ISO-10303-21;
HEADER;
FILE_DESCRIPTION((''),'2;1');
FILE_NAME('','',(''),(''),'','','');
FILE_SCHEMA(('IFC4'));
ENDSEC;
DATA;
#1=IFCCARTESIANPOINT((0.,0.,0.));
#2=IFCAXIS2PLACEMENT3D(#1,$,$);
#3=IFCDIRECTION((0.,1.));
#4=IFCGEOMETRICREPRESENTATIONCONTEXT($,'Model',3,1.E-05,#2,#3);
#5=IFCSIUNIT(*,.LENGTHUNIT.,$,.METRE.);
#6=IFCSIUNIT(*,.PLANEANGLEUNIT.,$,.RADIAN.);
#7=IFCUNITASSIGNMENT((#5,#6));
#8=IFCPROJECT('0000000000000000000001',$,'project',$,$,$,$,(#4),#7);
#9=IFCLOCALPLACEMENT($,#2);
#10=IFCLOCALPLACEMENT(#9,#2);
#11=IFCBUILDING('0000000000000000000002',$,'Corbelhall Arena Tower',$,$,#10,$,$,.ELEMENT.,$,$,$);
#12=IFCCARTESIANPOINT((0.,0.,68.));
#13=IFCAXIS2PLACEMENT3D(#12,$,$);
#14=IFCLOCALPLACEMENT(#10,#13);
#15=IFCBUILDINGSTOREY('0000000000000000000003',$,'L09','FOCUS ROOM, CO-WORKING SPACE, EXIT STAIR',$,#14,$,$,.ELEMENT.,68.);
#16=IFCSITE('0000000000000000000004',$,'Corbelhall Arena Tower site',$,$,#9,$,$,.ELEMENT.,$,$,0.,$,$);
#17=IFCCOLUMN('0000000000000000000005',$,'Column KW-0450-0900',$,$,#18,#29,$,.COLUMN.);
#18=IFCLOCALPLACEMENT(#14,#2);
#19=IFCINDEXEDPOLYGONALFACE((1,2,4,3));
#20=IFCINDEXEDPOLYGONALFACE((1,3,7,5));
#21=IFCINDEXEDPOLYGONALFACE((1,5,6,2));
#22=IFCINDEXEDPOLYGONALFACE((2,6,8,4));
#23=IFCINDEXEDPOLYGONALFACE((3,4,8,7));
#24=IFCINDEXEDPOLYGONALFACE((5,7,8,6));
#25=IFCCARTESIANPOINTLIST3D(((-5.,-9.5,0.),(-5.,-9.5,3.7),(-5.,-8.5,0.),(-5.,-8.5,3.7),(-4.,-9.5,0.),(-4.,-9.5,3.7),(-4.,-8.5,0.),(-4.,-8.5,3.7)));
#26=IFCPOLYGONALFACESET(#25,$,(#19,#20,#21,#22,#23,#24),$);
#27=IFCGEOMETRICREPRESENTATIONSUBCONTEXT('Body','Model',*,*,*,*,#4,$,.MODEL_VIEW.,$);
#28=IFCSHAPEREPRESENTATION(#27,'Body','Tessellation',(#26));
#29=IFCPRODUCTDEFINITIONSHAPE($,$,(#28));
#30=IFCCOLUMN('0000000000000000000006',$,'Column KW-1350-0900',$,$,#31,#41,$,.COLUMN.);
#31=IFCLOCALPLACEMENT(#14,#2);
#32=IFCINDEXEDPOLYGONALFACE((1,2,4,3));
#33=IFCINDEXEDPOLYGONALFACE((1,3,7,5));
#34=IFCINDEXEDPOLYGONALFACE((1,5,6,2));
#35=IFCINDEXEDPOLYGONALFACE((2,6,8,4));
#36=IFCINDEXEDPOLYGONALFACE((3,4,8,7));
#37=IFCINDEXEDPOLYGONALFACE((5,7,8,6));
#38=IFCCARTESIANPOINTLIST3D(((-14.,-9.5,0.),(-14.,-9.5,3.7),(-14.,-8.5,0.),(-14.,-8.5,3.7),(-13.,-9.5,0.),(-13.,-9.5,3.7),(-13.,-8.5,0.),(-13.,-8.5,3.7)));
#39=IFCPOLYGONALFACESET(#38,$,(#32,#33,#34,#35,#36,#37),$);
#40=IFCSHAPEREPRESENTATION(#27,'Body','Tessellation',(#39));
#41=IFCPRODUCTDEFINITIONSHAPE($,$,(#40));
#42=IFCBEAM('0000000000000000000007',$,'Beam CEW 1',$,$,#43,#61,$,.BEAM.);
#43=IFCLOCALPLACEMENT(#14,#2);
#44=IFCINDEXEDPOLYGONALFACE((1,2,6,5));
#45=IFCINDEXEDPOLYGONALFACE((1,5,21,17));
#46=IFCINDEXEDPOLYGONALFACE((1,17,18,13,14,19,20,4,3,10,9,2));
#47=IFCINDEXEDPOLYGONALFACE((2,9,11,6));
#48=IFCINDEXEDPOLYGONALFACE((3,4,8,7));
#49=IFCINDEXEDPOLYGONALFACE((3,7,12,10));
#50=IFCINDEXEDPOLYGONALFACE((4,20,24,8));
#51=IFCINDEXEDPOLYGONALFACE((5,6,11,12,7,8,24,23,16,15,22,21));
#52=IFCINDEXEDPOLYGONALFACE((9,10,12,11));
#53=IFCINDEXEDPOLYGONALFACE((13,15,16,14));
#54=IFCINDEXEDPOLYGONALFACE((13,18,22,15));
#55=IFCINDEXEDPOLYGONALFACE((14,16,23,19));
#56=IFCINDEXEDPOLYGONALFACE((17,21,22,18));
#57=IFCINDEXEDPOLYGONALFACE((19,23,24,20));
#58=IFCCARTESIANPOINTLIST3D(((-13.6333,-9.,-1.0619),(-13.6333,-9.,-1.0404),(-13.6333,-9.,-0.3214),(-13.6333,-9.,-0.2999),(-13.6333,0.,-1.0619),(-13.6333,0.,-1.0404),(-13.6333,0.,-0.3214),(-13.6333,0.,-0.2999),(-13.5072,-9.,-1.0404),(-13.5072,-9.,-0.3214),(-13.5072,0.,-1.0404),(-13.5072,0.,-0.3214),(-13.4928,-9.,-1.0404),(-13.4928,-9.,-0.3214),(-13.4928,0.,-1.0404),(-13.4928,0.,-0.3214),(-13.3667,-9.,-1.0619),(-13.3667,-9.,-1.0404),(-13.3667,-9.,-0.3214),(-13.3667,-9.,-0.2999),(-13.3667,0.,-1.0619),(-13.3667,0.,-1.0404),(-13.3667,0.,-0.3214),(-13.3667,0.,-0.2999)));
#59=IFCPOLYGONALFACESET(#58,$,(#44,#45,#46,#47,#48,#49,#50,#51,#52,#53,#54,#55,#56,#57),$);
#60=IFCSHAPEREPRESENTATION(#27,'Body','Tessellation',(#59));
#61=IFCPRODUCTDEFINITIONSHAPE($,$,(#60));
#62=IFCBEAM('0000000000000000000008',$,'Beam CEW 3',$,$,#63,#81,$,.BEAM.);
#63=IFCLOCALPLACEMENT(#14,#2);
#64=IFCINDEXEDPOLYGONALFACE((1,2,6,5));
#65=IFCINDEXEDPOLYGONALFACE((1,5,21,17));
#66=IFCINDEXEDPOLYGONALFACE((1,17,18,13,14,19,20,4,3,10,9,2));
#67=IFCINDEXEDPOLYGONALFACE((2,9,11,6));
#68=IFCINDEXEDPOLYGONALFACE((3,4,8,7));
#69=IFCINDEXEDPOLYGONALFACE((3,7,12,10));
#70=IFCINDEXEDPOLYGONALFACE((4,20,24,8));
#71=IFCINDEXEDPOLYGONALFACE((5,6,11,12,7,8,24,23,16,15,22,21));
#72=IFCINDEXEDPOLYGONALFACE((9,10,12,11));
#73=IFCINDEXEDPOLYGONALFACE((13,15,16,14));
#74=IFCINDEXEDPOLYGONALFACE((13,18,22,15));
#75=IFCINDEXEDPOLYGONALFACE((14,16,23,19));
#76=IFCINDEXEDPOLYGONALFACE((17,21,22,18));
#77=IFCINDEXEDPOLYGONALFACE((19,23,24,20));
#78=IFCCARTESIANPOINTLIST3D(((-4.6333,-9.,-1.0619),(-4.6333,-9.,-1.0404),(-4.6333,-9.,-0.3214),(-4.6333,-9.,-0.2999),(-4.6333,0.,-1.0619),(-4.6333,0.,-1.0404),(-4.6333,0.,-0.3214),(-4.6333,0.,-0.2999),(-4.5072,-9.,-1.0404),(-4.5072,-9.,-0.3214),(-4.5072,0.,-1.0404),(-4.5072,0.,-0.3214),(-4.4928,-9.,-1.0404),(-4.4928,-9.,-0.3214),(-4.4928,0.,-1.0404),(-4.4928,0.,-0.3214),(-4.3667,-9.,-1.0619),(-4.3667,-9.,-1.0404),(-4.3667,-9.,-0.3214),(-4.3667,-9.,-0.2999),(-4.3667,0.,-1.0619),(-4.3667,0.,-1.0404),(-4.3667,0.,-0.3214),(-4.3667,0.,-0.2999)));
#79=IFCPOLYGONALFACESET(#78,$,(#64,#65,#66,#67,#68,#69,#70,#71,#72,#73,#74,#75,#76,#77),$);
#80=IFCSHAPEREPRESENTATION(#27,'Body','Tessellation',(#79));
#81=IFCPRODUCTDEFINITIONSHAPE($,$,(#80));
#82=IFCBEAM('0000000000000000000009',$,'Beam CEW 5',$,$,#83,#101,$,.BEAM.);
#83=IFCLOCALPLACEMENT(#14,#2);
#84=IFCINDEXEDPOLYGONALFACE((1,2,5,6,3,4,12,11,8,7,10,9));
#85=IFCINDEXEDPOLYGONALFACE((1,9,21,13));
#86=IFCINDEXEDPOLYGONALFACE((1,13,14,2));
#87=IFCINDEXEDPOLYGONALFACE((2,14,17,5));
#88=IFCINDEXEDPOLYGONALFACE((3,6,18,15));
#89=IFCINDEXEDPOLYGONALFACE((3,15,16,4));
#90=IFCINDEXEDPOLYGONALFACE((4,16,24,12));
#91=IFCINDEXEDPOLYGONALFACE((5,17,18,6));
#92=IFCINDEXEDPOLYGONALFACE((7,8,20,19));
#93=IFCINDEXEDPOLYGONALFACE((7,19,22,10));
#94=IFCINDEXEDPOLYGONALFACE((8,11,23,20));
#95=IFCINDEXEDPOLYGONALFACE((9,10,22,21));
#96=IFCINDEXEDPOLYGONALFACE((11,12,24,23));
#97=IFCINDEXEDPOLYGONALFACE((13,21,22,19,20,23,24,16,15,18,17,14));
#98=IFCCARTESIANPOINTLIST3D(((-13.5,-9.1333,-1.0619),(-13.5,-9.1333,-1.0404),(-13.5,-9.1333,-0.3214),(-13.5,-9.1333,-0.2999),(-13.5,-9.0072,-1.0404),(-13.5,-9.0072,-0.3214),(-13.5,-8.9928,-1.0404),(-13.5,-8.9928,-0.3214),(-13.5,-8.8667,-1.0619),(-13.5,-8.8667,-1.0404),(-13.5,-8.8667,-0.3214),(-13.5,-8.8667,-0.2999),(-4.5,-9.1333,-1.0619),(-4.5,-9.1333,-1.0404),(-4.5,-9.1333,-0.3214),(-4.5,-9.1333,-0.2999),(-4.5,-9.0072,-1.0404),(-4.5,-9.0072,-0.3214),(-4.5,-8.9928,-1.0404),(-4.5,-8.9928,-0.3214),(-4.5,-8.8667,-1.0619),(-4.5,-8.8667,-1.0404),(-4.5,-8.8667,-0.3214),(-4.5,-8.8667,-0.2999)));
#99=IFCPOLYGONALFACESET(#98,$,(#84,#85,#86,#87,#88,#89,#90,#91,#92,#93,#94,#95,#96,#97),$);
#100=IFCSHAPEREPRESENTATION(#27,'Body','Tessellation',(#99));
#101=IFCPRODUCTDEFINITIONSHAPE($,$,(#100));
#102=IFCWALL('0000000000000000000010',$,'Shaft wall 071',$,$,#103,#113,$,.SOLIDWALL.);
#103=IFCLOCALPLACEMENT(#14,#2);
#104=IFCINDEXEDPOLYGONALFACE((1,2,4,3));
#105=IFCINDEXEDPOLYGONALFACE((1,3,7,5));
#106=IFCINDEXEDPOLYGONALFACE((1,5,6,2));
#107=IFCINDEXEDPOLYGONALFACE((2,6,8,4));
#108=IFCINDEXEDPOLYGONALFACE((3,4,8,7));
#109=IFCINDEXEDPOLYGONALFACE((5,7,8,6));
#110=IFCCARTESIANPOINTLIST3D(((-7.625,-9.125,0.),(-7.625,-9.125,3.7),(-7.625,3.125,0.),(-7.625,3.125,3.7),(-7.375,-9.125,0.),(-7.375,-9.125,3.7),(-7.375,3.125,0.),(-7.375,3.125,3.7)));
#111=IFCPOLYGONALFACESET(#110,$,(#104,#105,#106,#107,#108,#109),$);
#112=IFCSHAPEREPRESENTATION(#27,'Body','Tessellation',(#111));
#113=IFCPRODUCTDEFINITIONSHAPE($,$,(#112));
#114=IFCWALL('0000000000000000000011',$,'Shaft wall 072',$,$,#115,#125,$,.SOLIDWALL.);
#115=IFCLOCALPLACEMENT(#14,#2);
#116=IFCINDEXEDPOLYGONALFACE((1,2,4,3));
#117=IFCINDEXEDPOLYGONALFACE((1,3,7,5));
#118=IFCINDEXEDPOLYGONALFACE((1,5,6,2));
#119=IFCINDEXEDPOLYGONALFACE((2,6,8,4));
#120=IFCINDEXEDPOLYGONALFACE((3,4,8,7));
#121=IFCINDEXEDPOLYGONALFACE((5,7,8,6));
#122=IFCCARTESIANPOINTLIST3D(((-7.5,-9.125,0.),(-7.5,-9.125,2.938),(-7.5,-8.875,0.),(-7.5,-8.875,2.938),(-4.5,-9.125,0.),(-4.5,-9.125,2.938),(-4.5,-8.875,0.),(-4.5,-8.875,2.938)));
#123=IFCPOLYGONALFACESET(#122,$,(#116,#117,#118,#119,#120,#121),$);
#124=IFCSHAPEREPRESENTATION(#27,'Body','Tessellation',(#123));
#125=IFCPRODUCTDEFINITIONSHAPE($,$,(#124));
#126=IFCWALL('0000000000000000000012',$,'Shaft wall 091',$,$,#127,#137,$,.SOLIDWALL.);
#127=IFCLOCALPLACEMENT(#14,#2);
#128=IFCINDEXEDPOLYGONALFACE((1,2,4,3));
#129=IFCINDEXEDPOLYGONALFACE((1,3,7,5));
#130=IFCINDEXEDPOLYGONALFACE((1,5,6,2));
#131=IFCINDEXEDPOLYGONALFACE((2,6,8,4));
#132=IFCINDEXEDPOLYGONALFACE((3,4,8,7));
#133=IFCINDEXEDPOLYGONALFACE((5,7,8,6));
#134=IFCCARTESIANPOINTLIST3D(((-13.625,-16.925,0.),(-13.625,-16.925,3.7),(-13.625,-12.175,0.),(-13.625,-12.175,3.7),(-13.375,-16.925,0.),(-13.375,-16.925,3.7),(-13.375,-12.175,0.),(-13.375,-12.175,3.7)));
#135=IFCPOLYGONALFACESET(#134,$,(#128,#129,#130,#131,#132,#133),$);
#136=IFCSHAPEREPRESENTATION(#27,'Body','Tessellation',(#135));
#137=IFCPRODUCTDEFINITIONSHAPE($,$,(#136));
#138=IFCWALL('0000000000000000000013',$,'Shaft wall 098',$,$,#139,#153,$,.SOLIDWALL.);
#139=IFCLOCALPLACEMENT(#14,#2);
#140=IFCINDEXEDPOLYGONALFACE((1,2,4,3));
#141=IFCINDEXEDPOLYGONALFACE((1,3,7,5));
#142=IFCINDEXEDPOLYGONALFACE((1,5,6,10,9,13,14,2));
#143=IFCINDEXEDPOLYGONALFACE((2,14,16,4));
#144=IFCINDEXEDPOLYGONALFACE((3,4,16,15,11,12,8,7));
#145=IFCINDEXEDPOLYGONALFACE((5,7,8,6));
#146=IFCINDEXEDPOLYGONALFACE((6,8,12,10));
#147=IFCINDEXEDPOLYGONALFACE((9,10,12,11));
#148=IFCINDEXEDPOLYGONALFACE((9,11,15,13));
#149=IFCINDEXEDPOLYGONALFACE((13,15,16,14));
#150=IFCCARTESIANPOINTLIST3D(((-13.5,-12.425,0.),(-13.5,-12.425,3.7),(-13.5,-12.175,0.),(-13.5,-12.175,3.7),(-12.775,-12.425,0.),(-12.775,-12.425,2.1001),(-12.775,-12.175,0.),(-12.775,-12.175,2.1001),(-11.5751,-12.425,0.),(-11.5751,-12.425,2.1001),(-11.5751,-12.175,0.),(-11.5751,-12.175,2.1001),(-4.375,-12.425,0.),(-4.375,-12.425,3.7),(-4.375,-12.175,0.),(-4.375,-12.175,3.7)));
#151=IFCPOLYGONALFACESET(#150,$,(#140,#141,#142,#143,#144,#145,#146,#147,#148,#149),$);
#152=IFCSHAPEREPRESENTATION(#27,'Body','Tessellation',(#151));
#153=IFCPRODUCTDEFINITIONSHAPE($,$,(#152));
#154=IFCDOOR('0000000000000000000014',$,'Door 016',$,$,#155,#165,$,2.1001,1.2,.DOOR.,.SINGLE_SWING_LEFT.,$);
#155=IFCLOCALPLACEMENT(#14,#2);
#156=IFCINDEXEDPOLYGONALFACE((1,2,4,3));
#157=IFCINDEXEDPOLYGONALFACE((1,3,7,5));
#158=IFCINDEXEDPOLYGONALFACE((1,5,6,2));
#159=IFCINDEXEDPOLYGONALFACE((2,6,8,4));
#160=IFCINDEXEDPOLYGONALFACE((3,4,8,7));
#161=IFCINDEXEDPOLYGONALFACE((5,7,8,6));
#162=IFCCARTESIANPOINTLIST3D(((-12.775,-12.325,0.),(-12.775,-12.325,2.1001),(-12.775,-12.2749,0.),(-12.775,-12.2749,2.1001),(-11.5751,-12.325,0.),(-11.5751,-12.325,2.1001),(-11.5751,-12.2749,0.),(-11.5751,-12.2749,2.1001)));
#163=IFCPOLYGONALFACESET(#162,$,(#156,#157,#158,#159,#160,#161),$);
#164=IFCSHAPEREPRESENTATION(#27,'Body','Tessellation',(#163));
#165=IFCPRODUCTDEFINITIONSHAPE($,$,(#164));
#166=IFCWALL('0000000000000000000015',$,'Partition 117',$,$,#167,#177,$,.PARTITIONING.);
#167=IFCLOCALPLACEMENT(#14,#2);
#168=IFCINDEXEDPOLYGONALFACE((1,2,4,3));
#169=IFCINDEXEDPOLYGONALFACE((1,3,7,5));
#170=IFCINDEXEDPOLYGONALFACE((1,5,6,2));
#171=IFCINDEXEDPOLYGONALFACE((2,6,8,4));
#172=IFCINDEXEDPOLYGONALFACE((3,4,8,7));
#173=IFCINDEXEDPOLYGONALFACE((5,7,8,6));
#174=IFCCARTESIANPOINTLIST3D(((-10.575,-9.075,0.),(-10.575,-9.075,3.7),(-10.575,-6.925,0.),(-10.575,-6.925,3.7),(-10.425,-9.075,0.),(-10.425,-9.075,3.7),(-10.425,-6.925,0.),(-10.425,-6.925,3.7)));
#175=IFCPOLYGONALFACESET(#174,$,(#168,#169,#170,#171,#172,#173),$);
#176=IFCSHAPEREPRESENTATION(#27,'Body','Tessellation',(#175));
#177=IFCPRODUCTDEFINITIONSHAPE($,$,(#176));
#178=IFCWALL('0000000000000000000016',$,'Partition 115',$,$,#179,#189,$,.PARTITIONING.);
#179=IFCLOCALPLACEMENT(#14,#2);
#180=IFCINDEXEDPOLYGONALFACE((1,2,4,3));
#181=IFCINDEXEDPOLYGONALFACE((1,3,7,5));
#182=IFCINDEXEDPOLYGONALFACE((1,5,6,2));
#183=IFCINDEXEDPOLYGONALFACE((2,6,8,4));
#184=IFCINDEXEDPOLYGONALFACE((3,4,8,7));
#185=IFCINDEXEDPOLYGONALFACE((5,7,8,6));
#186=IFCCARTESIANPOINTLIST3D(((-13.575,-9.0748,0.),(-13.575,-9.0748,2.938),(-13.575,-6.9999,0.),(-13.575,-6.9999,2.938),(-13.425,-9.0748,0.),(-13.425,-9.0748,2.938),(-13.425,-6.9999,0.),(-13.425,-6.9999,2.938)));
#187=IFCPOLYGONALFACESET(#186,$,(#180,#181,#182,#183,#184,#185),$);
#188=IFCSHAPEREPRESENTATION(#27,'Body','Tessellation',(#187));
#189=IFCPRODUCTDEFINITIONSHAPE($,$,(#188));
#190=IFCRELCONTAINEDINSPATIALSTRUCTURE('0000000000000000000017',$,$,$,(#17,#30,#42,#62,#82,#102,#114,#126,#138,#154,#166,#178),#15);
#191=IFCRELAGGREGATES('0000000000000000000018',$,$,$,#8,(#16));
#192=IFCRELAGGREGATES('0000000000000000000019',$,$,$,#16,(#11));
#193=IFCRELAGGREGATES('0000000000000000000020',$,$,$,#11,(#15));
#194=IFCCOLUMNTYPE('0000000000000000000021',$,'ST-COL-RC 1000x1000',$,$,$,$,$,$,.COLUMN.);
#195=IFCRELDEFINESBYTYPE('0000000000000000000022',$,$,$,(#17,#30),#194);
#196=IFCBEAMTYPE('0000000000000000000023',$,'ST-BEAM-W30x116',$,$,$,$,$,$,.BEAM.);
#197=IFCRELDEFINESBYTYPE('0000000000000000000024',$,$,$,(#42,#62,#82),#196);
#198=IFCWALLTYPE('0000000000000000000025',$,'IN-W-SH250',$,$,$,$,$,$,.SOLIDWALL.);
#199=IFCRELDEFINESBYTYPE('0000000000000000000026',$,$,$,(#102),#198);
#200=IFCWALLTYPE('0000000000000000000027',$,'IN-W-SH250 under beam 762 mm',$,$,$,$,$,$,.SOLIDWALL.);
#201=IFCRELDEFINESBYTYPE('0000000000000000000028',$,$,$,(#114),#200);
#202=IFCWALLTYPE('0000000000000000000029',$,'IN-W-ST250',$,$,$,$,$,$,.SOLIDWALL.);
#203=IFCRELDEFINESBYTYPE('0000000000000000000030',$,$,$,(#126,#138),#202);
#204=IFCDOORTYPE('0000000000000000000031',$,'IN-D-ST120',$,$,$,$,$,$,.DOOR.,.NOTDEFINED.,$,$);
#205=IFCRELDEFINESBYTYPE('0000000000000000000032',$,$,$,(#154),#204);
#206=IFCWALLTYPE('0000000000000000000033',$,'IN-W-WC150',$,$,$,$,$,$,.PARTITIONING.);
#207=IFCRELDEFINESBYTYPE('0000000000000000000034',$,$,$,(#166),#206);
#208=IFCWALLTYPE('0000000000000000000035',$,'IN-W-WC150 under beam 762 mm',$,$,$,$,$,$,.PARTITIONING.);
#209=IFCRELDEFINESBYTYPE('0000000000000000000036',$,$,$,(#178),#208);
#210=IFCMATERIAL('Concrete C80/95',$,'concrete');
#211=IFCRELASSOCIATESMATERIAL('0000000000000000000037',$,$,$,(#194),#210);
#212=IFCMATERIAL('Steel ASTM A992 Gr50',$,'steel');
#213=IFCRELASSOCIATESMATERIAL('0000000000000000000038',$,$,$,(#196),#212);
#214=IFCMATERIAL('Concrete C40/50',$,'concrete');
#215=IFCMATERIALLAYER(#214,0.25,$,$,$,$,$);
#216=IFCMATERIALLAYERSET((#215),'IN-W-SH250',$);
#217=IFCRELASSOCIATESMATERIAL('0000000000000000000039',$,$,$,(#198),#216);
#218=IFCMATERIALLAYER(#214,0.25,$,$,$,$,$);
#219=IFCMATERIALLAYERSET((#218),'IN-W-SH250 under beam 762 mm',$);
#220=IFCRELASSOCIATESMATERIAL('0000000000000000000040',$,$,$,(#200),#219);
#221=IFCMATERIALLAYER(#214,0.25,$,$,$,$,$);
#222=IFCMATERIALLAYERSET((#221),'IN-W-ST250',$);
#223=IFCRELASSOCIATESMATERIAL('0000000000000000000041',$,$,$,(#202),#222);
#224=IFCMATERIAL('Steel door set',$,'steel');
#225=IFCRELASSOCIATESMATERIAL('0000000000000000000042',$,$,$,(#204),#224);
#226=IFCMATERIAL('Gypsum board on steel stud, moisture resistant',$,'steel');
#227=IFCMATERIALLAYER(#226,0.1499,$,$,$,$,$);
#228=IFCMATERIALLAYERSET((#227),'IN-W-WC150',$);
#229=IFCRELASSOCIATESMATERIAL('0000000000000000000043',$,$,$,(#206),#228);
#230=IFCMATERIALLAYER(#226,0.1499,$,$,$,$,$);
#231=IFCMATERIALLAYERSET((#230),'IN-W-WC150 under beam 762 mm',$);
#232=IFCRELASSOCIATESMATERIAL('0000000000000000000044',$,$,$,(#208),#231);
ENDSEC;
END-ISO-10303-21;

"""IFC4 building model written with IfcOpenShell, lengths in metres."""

from ifc_helpers import new_model, si_unit, direction, frame, frame_2d, origin, origin_2d, place, context, subcontext, project, spatial, rectangle, i_section, extrude, material, layer, layer_set, material_profile, profile_set, type_object, element, fill, save


model = new_model("IFC4")

# Units and contexts
model_context = context("Model", 3, precision=1e-05, world=origin(), true_north=direction((0.0, 1.0)))
body_context = subcontext(model_context, "Body", "Model", "MODEL_VIEW")
ifc_project = project(units=[si_unit("LENGTHUNIT", "METRE"), si_unit("PLANEANGLEUNIT", "RADIAN")], contexts=[model_context])

# Site, building, storey
site_placement = place(None, origin())
site = spatial("IfcSite", under=ifc_project, at=site_placement, Name="Corbelhall Arena Tower site", CompositionType="ELEMENT", RefElevation=0.0)
building_placement = place(site_placement, origin())
building = spatial("IfcBuilding", under=site, at=building_placement, Name="Corbelhall Arena Tower", CompositionType="ELEMENT")
storey_placement = place(building_placement, frame((0.0, 0.0, 68.0)))
storey = spatial("IfcBuildingStorey", under=building, at=storey_placement, Name="L09", Description="FOCUS ROOM, CO-WORKING SPACE, EXIT STAIR", CompositionType="ELEMENT", Elevation=68.0)

# Columns
ifc_material_1 = material(Name="Concrete C80/95", Category="concrete")
ifc_material_profile_1 = material_profile(ifc_material_1, rectangle(XDim=1.0, YDim=1.0, at=origin_2d()))
ifc_profile_set_1 = profile_set([ifc_material_profile_1], Name="Concrete C80/95")
column_type = type_object("IfcColumnType", Name="ST-COL-RC 1000x1000", PredefinedType="COLUMN", material=ifc_profile_set_1)
for number, where, z_axis, x_axis, name in (
    (1, (-4.5, -9.0, 0.0), (0.0, 0.0, 1.0), (1.0, 0.0, 0.0), "Column KW-0450-0900"),
    (2, (-13.5, -9.0, 0.0), (0.0, 0.0, 1.0), (1.0, 0.0, 0.0), "Column KW-1350-0900"),
):
    element("IfcColumn", number, at=place(storey_placement, frame(where, z_axis=z_axis, x_axis=x_axis)), inside=storey, type_object=column_type, Name=name, PredefinedType="COLUMN", context=body_context, shape_type="SweptSolid", body=[
        extrude(rectangle(XDim=1.0, YDim=1.0, at=origin_2d()), origin(), (0.0, 0.0, 1.0), 3.7),
    ])

# Beams
ifc_material_2 = material(Name="Steel ASTM A992 Gr50", Category="steel")
ifc_material_profile_2 = material_profile(ifc_material_2, i_section(OverallWidth=0.2666, OverallDepth=0.762, WebThickness=0.0144, FlangeThickness=0.0215, at=origin_2d()))
ifc_profile_set_2 = profile_set([ifc_material_profile_2], Name="Steel ASTM A992 Gr50")
beam_type = type_object("IfcBeamType", Name="ST-BEAM-W30x116", PredefinedType="BEAM", material=ifc_profile_set_2)
for number, where, z_axis, x_axis, name in (
    (3, (-13.5, -9.0, -0.6809), (0.0, 1.0, 0.0), (-1.0, 0.0, 0.0), "Beam CEW 1"),
    (4, (-4.5, -9.0, -0.6809), (0.0, 1.0, 0.0), (-1.0, 0.0, 0.0), "Beam CEW 3"),
    (5, (-13.5, -9.0, -0.6809), (1.0, 0.0, 0.0), (0.0, 1.0, 0.0), "Beam CEW 5"),
):
    element("IfcBeam", number, at=place(storey_placement, frame(where, z_axis=z_axis, x_axis=x_axis)), inside=storey, type_object=beam_type, Name=name, PredefinedType="BEAM", context=body_context, shape_type="SweptSolid", body=[
        extrude(i_section(OverallWidth=0.2666, OverallDepth=0.762, WebThickness=0.0144, FlangeThickness=0.0215, at=origin_2d()), origin(), (0.0, 0.0, 1.0), 9.0),
    ])

# Shared definitions
ifc_material_3 = material(Name="Steel door set", Category="steel")

# Walls
ifc_material_4 = material(Name="Concrete C40/50", Category="concrete")
ifc_layer_1 = layer(ifc_material_4, 0.25)
ifc_layer_set_1 = layer_set([ifc_layer_1], Name="IN-W-SH250")
wall_type_1 = type_object("IfcWallType", Name="IN-W-SH250", PredefinedType="SOLIDWALL", material=ifc_layer_set_1)
wall_1_placement = place(storey_placement, frame((-7.5, -9.125, 0.0), z_axis=(0.0, 0.0, 1.0), x_axis=(0.0, 1.0, 0.0)))
element("IfcWall", 6, at=wall_1_placement, inside=storey, type_object=wall_type_1, Name="Shaft wall 071", PredefinedType="SOLIDWALL", context=body_context, shape_type="SweptSolid", body=[
    extrude(rectangle(XDim=12.25, YDim=0.25, at=frame_2d((6.125, 0.0))), origin(), (0.0, 0.0, 1.0), 3.7),
])
ifc_layer_2 = layer(ifc_material_4, 0.25)
ifc_layer_set_2 = layer_set([ifc_layer_2], Name="IN-W-SH250 under beam 762 mm")
wall_type_2 = type_object("IfcWallType", Name="IN-W-SH250 under beam 762 mm", PredefinedType="SOLIDWALL", material=ifc_layer_set_2)
wall_2_placement = place(storey_placement, frame((-4.5, -9.0, 0.0), z_axis=(0.0, 0.0, 1.0), x_axis=(-1.0, 0.0, 0.0)))
element("IfcWall", 7, at=wall_2_placement, inside=storey, type_object=wall_type_2, Name="Shaft wall 072", PredefinedType="SOLIDWALL", context=body_context, shape_type="SweptSolid", body=[
    extrude(rectangle(XDim=3.0, YDim=0.25, at=frame_2d((1.5, 0.0))), origin(), (0.0, 0.0, 1.0), 2.938),
])
ifc_layer_3 = layer(ifc_material_4, 0.25)
ifc_layer_set_3 = layer_set([ifc_layer_3], Name="IN-W-ST250")
wall_type_3 = type_object("IfcWallType", Name="IN-W-ST250", PredefinedType="SOLIDWALL", material=ifc_layer_set_3)
wall_3_placement = place(storey_placement, frame((-13.5, -12.175, 0.0), z_axis=(0.0, 0.0, 1.0), x_axis=(0.0, -1.0, 0.0)))
element("IfcWall", 8, at=wall_3_placement, inside=storey, type_object=wall_type_3, Name="Shaft wall 091", PredefinedType="SOLIDWALL", context=body_context, shape_type="SweptSolid", body=[
    extrude(rectangle(XDim=4.75, YDim=0.25, at=frame_2d((2.375, 0.0))), origin(), (0.0, 0.0, 1.0), 3.7),
])

# Wall, opening, door
wall_4_placement = place(storey_placement, frame((-4.375, -12.3, 0.0), z_axis=(0.0, 0.0, 1.0), x_axis=(-1.0, 0.0, 0.0)))
wall_4 = element("IfcWall", 9, at=wall_4_placement, inside=storey, type_object=wall_type_3, Name="Shaft wall 098", PredefinedType="SOLIDWALL", context=body_context, shape_type="SweptSolid", body=[
    extrude(rectangle(XDim=9.125, YDim=0.25, at=frame_2d((4.5625, 0.0))), origin(), (0.0, 0.0, 1.0), 3.7),
])
opening_1_placement = place(wall_4_placement, frame((7.2, 0.0, 0.0)))
opening_1 = element("IfcOpeningElement", 10, at=opening_1_placement, cuts=wall_4, PredefinedType="OPENING", context=body_context, shape_type="SweptSolid", body=[
    extrude(rectangle(XDim=1.2, YDim=2.1001, at=frame_2d((0.6001, 1.05))), frame((0.0, 0.125, 0.0), z_axis=(0.0, -1.0, 0.0), x_axis=(1.0, 0.0, 0.0)), (0.0, 0.0, 1.0), 0.25),
])
door_type_1 = type_object("IfcDoorType", Name="IN-D-ST120", OperationType="NOTDEFINED", PredefinedType="DOOR", material=ifc_material_3)
door_1_placement = place(opening_1_placement, origin())
door_1 = element("IfcDoor", 11, at=door_1_placement, inside=storey, type_object=door_type_1, Name="Door 016", OperationType="SINGLE_SWING_LEFT", OverallHeight=2.1001, OverallWidth=1.2, PredefinedType="DOOR", context=body_context, shape_type="SweptSolid", body=[
    extrude(rectangle(XDim=1.2, YDim=2.1001, at=frame_2d((0.6001, 1.05))), frame((0.0, 0.0249, 0.0), z_axis=(0.0, -1.0, 0.0), x_axis=(1.0, 0.0, 0.0)), (0.0, 0.0, 1.0), 0.05),
])
fill(opening_1, door_1)

# Walls
ifc_material_5 = material(Name="Gypsum board on steel stud, moisture resistant", Category="steel")
ifc_layer_4 = layer(ifc_material_5, 0.1499)
ifc_layer_set_4 = layer_set([ifc_layer_4], Name="IN-W-WC150")
wall_type_4 = type_object("IfcWallType", Name="IN-W-WC150", PredefinedType="PARTITIONING", material=ifc_layer_set_4)
wall_5_placement = place(storey_placement, frame((-10.5, -9.075, 0.0), z_axis=(0.0, 0.0, 1.0), x_axis=(0.0, 1.0, 0.0)))
element("IfcWall", 12, at=wall_5_placement, inside=storey, type_object=wall_type_4, Name="Partition 117", PredefinedType="PARTITIONING", context=body_context, shape_type="SweptSolid", body=[
    extrude(rectangle(XDim=2.1499, YDim=0.1499, at=frame_2d((1.075, 0.0))), origin(), (0.0, 0.0, 1.0), 3.7),
])
ifc_layer_5 = layer(ifc_material_5, 0.1499)
ifc_layer_set_5 = layer_set([ifc_layer_5], Name="IN-W-WC150 under beam 762 mm")
wall_type_5 = type_object("IfcWallType", Name="IN-W-WC150 under beam 762 mm", PredefinedType="PARTITIONING", material=ifc_layer_set_5)
wall_6_placement = place(storey_placement, frame((-13.5, -9.075, 0.0), z_axis=(0.0, 0.0, 1.0), x_axis=(0.0, 1.0, 0.0)))
element("IfcWall", 13, at=wall_6_placement, inside=storey, type_object=wall_type_5, Name="Partition 115", PredefinedType="PARTITIONING", context=body_context, shape_type="SweptSolid", body=[
    extrude(rectangle(XDim=2.075, YDim=0.1499, at=frame_2d((1.0376, 0.0))), origin(), (0.0, 0.0, 1.0), 2.938),
])

save(model, "model.ifc")
